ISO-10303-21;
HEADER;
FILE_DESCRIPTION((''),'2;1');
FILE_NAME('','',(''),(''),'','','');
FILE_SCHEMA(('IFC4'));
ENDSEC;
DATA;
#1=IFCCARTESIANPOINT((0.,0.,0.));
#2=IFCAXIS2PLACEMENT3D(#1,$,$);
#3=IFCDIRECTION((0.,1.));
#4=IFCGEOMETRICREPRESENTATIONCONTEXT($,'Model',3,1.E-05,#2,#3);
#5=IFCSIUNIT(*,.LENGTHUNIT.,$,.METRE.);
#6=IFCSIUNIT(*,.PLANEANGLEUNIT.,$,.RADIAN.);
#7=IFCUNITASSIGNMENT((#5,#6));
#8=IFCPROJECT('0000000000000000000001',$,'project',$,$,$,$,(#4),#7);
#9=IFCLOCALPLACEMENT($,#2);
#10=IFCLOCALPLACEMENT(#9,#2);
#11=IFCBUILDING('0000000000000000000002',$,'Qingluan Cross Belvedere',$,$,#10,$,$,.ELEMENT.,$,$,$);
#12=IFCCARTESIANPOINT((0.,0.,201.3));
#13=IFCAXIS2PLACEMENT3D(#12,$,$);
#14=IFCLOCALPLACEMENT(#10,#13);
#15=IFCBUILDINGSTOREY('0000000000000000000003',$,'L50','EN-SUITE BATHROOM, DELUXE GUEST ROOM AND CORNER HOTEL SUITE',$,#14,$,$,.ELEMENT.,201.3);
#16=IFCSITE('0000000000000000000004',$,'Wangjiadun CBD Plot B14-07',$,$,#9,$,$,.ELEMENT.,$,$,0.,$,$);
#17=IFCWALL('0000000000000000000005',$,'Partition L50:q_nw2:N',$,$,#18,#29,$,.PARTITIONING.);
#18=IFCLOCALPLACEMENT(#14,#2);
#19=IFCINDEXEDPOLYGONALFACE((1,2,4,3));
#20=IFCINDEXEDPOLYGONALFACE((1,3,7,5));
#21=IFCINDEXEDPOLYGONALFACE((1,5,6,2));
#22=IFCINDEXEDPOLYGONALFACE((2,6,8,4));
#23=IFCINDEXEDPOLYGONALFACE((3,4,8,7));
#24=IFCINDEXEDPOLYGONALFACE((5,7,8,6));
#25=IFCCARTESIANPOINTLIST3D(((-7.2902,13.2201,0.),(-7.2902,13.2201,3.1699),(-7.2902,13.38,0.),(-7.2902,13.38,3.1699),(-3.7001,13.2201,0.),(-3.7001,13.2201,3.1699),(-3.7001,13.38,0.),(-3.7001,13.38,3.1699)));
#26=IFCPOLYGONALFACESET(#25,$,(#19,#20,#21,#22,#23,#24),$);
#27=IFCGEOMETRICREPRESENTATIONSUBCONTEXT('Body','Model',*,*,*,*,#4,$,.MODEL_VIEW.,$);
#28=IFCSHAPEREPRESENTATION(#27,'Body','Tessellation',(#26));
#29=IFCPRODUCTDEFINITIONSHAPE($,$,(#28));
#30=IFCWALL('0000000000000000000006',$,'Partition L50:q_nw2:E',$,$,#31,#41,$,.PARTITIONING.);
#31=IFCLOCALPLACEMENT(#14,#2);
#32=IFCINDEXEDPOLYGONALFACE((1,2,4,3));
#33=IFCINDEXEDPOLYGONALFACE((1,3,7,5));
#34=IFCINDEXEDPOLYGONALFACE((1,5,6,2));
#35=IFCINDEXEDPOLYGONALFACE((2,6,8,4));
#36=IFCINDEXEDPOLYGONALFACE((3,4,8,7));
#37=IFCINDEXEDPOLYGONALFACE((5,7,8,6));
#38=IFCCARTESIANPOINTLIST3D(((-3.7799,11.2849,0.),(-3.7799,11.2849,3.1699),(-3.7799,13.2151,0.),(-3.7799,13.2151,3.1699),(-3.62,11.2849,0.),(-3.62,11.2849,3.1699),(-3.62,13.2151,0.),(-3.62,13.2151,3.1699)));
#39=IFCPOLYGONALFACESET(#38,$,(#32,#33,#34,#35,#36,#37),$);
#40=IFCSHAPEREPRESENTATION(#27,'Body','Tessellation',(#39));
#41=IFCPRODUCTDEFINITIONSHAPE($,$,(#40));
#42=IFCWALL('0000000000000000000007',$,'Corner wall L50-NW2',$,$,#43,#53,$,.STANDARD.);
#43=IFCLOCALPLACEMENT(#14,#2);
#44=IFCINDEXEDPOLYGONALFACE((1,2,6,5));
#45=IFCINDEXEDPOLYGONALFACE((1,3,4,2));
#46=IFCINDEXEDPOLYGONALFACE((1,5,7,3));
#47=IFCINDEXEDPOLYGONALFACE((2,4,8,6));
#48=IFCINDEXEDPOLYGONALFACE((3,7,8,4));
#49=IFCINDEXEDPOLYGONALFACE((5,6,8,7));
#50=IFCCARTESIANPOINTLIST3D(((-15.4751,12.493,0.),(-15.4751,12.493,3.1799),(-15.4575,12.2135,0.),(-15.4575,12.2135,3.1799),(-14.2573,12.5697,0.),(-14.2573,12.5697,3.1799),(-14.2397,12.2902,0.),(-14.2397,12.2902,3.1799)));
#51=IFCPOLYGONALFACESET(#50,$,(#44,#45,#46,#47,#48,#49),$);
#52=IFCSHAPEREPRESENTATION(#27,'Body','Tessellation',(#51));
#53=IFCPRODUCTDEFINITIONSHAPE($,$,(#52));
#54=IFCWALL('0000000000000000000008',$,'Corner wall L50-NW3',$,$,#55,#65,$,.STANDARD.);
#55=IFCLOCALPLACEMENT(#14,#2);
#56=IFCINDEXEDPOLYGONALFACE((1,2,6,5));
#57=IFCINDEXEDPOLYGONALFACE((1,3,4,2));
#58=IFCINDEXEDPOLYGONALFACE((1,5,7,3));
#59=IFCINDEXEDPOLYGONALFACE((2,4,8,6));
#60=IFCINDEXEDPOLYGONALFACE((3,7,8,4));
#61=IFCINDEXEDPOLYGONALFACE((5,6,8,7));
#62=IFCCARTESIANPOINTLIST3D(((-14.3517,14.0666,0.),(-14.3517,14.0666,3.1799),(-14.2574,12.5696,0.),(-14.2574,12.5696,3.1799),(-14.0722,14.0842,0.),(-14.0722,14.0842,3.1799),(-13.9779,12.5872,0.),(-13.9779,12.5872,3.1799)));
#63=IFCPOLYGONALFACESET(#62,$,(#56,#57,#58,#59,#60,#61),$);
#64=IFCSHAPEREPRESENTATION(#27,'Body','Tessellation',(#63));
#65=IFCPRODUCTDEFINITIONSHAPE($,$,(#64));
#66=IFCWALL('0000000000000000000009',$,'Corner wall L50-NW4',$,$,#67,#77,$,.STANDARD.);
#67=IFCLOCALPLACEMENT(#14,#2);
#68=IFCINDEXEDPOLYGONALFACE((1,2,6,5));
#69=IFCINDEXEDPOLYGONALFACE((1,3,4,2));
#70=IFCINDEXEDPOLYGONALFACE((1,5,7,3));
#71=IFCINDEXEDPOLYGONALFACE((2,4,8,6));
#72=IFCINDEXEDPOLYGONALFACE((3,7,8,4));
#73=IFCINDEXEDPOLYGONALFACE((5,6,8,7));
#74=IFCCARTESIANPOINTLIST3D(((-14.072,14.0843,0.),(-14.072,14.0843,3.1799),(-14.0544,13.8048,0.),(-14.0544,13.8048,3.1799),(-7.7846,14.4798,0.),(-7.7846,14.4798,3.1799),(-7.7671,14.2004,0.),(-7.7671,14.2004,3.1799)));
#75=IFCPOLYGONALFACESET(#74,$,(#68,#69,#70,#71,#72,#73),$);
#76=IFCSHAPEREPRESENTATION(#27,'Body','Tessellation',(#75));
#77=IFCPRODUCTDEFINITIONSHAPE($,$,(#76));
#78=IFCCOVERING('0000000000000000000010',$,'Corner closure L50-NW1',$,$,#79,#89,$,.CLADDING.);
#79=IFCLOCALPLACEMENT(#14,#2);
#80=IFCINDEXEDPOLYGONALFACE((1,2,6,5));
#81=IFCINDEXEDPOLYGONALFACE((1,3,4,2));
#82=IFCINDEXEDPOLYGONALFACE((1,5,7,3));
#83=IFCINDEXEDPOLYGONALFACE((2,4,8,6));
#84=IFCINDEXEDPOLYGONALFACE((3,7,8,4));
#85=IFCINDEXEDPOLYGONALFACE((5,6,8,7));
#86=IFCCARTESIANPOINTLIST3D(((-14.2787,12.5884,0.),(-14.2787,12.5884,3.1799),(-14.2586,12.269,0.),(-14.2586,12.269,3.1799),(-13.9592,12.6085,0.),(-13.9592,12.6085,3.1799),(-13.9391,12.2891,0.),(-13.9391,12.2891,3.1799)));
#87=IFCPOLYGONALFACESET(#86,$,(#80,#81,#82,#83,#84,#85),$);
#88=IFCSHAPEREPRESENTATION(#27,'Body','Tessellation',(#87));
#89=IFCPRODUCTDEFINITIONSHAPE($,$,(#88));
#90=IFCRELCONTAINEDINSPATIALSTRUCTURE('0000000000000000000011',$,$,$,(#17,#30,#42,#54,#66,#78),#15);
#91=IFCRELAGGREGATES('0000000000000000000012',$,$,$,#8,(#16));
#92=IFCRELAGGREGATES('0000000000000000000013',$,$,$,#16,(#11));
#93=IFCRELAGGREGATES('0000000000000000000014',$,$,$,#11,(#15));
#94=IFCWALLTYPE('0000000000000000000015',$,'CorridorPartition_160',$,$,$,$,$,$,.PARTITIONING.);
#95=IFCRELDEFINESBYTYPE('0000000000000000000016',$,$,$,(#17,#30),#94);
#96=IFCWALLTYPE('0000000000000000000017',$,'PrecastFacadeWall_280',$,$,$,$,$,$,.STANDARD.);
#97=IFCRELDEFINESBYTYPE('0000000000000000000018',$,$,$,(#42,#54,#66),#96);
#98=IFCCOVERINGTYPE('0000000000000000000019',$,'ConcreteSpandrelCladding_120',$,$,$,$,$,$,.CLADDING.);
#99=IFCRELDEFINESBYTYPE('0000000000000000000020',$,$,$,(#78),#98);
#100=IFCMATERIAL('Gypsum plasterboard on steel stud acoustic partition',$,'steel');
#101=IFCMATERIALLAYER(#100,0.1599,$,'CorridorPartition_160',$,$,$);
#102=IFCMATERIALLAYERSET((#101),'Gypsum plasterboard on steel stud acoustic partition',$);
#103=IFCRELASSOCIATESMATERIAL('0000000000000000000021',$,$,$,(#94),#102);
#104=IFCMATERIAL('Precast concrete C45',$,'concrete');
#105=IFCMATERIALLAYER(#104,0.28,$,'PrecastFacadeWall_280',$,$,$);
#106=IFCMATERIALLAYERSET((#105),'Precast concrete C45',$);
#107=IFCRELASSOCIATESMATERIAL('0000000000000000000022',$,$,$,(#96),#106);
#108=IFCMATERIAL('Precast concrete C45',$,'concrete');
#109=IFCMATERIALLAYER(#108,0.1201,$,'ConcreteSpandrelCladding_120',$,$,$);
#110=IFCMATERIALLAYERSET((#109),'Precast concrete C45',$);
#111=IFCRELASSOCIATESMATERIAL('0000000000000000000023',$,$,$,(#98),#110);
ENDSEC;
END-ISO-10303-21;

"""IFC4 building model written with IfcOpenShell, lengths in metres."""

from ifc_helpers import new_model, si_unit, direction, frame, frame_2d, origin, origin_2d, place, context, subcontext, project, spatial, rectangle, extrude, material, layer, layer_set, type_object, element, save


model = new_model("IFC4")

# Units and contexts
model_context = context("Model", 3, precision=1e-05, world=origin(), true_north=direction((0.0, 1.0)))
body_context = subcontext(model_context, "Body", "Model", "MODEL_VIEW")
ifc_project = project(units=[si_unit("LENGTHUNIT", "METRE"), si_unit("PLANEANGLEUNIT", "RADIAN")], contexts=[model_context])

# Site, building, storey
site_placement = place(None, origin())
site = spatial("IfcSite", under=ifc_project, at=site_placement, Name="Wangjiadun CBD Plot B14-07", CompositionType="ELEMENT", RefElevation=0.0)
building_placement = place(site_placement, origin())
building = spatial("IfcBuilding", under=site, at=building_placement, Name="Qingluan Cross Belvedere", CompositionType="ELEMENT")
storey_placement = place(building_placement, frame((0.0, 0.0, 201.3)))
storey = spatial("IfcBuildingStorey", under=building, at=storey_placement, Name="L50", Description="EN-SUITE BATHROOM, DELUXE GUEST ROOM AND CORNER HOTEL SUITE", CompositionType="ELEMENT", Elevation=201.3)

# Shared definitions
ifc_material_1 = material(Name="Gypsum plasterboard on steel stud acoustic partition", Category="steel")
ifc_layer_1 = layer(ifc_material_1, 0.1599, Name="CorridorPartition_160")
ifc_layer_set_1 = layer_set([ifc_layer_1], Name="Gypsum plasterboard on steel stud acoustic partition")
wall_type_1 = type_object("IfcWallType", Name="CorridorPartition_160", PredefinedType="PARTITIONING", material=ifc_layer_set_1)

# Walls
wall_1_placement = place(storey_placement, frame((-7.29, 13.3, 0.0), z_axis=(0.0, 0.0, 1.0), x_axis=(1.0, 0.0, 0.0)))
element("IfcWall", 1, at=wall_1_placement, inside=storey, type_object=wall_type_1, Name="Partition L50:q_nw2:N", PredefinedType="PARTITIONING", context=body_context, shape_type="SweptSolid", body=[
    extrude(rectangle(XDim=3.5901, YDim=0.1599, at=frame_2d((1.7949, 0.0))), origin(), (0.0, 0.0, 1.0), 3.1699),
])
wall_2_placement = place(storey_placement, frame((-3.7, 11.2849, 0.0), z_axis=(0.0, 0.0, 1.0), x_axis=(0.0, 1.0, 0.0)))
element("IfcWall", 2, at=wall_2_placement, inside=storey, type_object=wall_type_1, Name="Partition L50:q_nw2:E", PredefinedType="PARTITIONING", context=body_context, shape_type="SweptSolid", body=[
    extrude(rectangle(XDim=1.9302, YDim=0.1599, at=frame_2d((0.9651, 0.0))), origin(), (0.0, 0.0, 1.0), 3.1699),
])
ifc_material_2 = material(Name="Precast concrete C45", Category="concrete")
ifc_layer_2 = layer(ifc_material_2, 0.28, Name="PrecastFacadeWall_280")
ifc_layer_set_2 = layer_set([ifc_layer_2], Name="Precast concrete C45")
wall_type_2 = type_object("IfcWallType", Name="PrecastFacadeWall_280", PredefinedType="STANDARD", material=ifc_layer_set_2)
wall_3_placement = place(storey_placement, frame((-15.4663, 12.3533, 0.0), z_axis=(0.0, 0.0, 1.0), x_axis=(0.998024, 0.062827, 0.0)))
element("IfcWall", 3, at=wall_3_placement, inside=storey, type_object=wall_type_2, Name="Corner wall L50-NW2", PredefinedType="STANDARD", context=body_context, shape_type="SweptSolid", body=[
    extrude(rectangle(XDim=1.2202, YDim=0.28, at=frame_2d((0.6101, 0.0))), origin(), (0.0, 0.0, 1.0), 3.1799),
])
wall_4_placement = place(storey_placement, frame((-14.1177, 12.5784, 0.0), z_axis=(0.0, 0.0, 1.0), x_axis=(-0.062824, 0.998025, 0.0)))
element("IfcWall", 4, at=wall_4_placement, inside=storey, type_object=wall_type_2, Name="Corner wall L50-NW3", PredefinedType="STANDARD", context=body_context, shape_type="SweptSolid", body=[
    extrude(rectangle(XDim=1.5, YDim=0.28, at=frame_2d((0.75, 0.0))), origin(), (0.0, 0.0, 1.0), 3.1799),
])
wall_5_placement = place(storey_placement, frame((-14.0632, 13.9446, 0.0), z_axis=(0.0, 0.0, 1.0), x_axis=(0.998027, 0.062781, 0.0)))
element("IfcWall", 5, at=wall_5_placement, inside=storey, type_object=wall_type_2, Name="Corner wall L50-NW4", PredefinedType="STANDARD", context=body_context, shape_type="SweptSolid", body=[
    extrude(rectangle(XDim=6.2998, YDim=0.28, at=frame_2d((3.1499, 0.0))), origin(), (0.0, 0.0, 1.0), 3.1799),
])

# Covering
ifc_material_3 = material(Name="Precast concrete C45", Category="concrete")
ifc_layer_3 = layer(ifc_material_3, 0.1201, Name="ConcreteSpandrelCladding_120")
ifc_layer_set_3 = layer_set([ifc_layer_3], Name="Precast concrete C45")
covering_type = type_object("IfcCoveringType", Name="ConcreteSpandrelCladding_120", PredefinedType="CLADDING", material=ifc_layer_set_3)
covering_placement = place(storey_placement, frame((-14.1089, 12.4387, 0.0), z_axis=(0.0, 0.0, 1.0), x_axis=(0.998027, 0.062791, 0.0)))
element("IfcCovering", 6, at=covering_placement, inside=storey, type_object=covering_type, Name="Corner closure L50-NW1", PredefinedType="CLADDING", context=body_context, shape_type="SweptSolid", body=[
    extrude(rectangle(XDim=0.3201, YDim=0.3201, at=origin_2d()), origin(), (0.0, 0.0, 1.0), 3.1799),
])

save(model, "model.ifc")
